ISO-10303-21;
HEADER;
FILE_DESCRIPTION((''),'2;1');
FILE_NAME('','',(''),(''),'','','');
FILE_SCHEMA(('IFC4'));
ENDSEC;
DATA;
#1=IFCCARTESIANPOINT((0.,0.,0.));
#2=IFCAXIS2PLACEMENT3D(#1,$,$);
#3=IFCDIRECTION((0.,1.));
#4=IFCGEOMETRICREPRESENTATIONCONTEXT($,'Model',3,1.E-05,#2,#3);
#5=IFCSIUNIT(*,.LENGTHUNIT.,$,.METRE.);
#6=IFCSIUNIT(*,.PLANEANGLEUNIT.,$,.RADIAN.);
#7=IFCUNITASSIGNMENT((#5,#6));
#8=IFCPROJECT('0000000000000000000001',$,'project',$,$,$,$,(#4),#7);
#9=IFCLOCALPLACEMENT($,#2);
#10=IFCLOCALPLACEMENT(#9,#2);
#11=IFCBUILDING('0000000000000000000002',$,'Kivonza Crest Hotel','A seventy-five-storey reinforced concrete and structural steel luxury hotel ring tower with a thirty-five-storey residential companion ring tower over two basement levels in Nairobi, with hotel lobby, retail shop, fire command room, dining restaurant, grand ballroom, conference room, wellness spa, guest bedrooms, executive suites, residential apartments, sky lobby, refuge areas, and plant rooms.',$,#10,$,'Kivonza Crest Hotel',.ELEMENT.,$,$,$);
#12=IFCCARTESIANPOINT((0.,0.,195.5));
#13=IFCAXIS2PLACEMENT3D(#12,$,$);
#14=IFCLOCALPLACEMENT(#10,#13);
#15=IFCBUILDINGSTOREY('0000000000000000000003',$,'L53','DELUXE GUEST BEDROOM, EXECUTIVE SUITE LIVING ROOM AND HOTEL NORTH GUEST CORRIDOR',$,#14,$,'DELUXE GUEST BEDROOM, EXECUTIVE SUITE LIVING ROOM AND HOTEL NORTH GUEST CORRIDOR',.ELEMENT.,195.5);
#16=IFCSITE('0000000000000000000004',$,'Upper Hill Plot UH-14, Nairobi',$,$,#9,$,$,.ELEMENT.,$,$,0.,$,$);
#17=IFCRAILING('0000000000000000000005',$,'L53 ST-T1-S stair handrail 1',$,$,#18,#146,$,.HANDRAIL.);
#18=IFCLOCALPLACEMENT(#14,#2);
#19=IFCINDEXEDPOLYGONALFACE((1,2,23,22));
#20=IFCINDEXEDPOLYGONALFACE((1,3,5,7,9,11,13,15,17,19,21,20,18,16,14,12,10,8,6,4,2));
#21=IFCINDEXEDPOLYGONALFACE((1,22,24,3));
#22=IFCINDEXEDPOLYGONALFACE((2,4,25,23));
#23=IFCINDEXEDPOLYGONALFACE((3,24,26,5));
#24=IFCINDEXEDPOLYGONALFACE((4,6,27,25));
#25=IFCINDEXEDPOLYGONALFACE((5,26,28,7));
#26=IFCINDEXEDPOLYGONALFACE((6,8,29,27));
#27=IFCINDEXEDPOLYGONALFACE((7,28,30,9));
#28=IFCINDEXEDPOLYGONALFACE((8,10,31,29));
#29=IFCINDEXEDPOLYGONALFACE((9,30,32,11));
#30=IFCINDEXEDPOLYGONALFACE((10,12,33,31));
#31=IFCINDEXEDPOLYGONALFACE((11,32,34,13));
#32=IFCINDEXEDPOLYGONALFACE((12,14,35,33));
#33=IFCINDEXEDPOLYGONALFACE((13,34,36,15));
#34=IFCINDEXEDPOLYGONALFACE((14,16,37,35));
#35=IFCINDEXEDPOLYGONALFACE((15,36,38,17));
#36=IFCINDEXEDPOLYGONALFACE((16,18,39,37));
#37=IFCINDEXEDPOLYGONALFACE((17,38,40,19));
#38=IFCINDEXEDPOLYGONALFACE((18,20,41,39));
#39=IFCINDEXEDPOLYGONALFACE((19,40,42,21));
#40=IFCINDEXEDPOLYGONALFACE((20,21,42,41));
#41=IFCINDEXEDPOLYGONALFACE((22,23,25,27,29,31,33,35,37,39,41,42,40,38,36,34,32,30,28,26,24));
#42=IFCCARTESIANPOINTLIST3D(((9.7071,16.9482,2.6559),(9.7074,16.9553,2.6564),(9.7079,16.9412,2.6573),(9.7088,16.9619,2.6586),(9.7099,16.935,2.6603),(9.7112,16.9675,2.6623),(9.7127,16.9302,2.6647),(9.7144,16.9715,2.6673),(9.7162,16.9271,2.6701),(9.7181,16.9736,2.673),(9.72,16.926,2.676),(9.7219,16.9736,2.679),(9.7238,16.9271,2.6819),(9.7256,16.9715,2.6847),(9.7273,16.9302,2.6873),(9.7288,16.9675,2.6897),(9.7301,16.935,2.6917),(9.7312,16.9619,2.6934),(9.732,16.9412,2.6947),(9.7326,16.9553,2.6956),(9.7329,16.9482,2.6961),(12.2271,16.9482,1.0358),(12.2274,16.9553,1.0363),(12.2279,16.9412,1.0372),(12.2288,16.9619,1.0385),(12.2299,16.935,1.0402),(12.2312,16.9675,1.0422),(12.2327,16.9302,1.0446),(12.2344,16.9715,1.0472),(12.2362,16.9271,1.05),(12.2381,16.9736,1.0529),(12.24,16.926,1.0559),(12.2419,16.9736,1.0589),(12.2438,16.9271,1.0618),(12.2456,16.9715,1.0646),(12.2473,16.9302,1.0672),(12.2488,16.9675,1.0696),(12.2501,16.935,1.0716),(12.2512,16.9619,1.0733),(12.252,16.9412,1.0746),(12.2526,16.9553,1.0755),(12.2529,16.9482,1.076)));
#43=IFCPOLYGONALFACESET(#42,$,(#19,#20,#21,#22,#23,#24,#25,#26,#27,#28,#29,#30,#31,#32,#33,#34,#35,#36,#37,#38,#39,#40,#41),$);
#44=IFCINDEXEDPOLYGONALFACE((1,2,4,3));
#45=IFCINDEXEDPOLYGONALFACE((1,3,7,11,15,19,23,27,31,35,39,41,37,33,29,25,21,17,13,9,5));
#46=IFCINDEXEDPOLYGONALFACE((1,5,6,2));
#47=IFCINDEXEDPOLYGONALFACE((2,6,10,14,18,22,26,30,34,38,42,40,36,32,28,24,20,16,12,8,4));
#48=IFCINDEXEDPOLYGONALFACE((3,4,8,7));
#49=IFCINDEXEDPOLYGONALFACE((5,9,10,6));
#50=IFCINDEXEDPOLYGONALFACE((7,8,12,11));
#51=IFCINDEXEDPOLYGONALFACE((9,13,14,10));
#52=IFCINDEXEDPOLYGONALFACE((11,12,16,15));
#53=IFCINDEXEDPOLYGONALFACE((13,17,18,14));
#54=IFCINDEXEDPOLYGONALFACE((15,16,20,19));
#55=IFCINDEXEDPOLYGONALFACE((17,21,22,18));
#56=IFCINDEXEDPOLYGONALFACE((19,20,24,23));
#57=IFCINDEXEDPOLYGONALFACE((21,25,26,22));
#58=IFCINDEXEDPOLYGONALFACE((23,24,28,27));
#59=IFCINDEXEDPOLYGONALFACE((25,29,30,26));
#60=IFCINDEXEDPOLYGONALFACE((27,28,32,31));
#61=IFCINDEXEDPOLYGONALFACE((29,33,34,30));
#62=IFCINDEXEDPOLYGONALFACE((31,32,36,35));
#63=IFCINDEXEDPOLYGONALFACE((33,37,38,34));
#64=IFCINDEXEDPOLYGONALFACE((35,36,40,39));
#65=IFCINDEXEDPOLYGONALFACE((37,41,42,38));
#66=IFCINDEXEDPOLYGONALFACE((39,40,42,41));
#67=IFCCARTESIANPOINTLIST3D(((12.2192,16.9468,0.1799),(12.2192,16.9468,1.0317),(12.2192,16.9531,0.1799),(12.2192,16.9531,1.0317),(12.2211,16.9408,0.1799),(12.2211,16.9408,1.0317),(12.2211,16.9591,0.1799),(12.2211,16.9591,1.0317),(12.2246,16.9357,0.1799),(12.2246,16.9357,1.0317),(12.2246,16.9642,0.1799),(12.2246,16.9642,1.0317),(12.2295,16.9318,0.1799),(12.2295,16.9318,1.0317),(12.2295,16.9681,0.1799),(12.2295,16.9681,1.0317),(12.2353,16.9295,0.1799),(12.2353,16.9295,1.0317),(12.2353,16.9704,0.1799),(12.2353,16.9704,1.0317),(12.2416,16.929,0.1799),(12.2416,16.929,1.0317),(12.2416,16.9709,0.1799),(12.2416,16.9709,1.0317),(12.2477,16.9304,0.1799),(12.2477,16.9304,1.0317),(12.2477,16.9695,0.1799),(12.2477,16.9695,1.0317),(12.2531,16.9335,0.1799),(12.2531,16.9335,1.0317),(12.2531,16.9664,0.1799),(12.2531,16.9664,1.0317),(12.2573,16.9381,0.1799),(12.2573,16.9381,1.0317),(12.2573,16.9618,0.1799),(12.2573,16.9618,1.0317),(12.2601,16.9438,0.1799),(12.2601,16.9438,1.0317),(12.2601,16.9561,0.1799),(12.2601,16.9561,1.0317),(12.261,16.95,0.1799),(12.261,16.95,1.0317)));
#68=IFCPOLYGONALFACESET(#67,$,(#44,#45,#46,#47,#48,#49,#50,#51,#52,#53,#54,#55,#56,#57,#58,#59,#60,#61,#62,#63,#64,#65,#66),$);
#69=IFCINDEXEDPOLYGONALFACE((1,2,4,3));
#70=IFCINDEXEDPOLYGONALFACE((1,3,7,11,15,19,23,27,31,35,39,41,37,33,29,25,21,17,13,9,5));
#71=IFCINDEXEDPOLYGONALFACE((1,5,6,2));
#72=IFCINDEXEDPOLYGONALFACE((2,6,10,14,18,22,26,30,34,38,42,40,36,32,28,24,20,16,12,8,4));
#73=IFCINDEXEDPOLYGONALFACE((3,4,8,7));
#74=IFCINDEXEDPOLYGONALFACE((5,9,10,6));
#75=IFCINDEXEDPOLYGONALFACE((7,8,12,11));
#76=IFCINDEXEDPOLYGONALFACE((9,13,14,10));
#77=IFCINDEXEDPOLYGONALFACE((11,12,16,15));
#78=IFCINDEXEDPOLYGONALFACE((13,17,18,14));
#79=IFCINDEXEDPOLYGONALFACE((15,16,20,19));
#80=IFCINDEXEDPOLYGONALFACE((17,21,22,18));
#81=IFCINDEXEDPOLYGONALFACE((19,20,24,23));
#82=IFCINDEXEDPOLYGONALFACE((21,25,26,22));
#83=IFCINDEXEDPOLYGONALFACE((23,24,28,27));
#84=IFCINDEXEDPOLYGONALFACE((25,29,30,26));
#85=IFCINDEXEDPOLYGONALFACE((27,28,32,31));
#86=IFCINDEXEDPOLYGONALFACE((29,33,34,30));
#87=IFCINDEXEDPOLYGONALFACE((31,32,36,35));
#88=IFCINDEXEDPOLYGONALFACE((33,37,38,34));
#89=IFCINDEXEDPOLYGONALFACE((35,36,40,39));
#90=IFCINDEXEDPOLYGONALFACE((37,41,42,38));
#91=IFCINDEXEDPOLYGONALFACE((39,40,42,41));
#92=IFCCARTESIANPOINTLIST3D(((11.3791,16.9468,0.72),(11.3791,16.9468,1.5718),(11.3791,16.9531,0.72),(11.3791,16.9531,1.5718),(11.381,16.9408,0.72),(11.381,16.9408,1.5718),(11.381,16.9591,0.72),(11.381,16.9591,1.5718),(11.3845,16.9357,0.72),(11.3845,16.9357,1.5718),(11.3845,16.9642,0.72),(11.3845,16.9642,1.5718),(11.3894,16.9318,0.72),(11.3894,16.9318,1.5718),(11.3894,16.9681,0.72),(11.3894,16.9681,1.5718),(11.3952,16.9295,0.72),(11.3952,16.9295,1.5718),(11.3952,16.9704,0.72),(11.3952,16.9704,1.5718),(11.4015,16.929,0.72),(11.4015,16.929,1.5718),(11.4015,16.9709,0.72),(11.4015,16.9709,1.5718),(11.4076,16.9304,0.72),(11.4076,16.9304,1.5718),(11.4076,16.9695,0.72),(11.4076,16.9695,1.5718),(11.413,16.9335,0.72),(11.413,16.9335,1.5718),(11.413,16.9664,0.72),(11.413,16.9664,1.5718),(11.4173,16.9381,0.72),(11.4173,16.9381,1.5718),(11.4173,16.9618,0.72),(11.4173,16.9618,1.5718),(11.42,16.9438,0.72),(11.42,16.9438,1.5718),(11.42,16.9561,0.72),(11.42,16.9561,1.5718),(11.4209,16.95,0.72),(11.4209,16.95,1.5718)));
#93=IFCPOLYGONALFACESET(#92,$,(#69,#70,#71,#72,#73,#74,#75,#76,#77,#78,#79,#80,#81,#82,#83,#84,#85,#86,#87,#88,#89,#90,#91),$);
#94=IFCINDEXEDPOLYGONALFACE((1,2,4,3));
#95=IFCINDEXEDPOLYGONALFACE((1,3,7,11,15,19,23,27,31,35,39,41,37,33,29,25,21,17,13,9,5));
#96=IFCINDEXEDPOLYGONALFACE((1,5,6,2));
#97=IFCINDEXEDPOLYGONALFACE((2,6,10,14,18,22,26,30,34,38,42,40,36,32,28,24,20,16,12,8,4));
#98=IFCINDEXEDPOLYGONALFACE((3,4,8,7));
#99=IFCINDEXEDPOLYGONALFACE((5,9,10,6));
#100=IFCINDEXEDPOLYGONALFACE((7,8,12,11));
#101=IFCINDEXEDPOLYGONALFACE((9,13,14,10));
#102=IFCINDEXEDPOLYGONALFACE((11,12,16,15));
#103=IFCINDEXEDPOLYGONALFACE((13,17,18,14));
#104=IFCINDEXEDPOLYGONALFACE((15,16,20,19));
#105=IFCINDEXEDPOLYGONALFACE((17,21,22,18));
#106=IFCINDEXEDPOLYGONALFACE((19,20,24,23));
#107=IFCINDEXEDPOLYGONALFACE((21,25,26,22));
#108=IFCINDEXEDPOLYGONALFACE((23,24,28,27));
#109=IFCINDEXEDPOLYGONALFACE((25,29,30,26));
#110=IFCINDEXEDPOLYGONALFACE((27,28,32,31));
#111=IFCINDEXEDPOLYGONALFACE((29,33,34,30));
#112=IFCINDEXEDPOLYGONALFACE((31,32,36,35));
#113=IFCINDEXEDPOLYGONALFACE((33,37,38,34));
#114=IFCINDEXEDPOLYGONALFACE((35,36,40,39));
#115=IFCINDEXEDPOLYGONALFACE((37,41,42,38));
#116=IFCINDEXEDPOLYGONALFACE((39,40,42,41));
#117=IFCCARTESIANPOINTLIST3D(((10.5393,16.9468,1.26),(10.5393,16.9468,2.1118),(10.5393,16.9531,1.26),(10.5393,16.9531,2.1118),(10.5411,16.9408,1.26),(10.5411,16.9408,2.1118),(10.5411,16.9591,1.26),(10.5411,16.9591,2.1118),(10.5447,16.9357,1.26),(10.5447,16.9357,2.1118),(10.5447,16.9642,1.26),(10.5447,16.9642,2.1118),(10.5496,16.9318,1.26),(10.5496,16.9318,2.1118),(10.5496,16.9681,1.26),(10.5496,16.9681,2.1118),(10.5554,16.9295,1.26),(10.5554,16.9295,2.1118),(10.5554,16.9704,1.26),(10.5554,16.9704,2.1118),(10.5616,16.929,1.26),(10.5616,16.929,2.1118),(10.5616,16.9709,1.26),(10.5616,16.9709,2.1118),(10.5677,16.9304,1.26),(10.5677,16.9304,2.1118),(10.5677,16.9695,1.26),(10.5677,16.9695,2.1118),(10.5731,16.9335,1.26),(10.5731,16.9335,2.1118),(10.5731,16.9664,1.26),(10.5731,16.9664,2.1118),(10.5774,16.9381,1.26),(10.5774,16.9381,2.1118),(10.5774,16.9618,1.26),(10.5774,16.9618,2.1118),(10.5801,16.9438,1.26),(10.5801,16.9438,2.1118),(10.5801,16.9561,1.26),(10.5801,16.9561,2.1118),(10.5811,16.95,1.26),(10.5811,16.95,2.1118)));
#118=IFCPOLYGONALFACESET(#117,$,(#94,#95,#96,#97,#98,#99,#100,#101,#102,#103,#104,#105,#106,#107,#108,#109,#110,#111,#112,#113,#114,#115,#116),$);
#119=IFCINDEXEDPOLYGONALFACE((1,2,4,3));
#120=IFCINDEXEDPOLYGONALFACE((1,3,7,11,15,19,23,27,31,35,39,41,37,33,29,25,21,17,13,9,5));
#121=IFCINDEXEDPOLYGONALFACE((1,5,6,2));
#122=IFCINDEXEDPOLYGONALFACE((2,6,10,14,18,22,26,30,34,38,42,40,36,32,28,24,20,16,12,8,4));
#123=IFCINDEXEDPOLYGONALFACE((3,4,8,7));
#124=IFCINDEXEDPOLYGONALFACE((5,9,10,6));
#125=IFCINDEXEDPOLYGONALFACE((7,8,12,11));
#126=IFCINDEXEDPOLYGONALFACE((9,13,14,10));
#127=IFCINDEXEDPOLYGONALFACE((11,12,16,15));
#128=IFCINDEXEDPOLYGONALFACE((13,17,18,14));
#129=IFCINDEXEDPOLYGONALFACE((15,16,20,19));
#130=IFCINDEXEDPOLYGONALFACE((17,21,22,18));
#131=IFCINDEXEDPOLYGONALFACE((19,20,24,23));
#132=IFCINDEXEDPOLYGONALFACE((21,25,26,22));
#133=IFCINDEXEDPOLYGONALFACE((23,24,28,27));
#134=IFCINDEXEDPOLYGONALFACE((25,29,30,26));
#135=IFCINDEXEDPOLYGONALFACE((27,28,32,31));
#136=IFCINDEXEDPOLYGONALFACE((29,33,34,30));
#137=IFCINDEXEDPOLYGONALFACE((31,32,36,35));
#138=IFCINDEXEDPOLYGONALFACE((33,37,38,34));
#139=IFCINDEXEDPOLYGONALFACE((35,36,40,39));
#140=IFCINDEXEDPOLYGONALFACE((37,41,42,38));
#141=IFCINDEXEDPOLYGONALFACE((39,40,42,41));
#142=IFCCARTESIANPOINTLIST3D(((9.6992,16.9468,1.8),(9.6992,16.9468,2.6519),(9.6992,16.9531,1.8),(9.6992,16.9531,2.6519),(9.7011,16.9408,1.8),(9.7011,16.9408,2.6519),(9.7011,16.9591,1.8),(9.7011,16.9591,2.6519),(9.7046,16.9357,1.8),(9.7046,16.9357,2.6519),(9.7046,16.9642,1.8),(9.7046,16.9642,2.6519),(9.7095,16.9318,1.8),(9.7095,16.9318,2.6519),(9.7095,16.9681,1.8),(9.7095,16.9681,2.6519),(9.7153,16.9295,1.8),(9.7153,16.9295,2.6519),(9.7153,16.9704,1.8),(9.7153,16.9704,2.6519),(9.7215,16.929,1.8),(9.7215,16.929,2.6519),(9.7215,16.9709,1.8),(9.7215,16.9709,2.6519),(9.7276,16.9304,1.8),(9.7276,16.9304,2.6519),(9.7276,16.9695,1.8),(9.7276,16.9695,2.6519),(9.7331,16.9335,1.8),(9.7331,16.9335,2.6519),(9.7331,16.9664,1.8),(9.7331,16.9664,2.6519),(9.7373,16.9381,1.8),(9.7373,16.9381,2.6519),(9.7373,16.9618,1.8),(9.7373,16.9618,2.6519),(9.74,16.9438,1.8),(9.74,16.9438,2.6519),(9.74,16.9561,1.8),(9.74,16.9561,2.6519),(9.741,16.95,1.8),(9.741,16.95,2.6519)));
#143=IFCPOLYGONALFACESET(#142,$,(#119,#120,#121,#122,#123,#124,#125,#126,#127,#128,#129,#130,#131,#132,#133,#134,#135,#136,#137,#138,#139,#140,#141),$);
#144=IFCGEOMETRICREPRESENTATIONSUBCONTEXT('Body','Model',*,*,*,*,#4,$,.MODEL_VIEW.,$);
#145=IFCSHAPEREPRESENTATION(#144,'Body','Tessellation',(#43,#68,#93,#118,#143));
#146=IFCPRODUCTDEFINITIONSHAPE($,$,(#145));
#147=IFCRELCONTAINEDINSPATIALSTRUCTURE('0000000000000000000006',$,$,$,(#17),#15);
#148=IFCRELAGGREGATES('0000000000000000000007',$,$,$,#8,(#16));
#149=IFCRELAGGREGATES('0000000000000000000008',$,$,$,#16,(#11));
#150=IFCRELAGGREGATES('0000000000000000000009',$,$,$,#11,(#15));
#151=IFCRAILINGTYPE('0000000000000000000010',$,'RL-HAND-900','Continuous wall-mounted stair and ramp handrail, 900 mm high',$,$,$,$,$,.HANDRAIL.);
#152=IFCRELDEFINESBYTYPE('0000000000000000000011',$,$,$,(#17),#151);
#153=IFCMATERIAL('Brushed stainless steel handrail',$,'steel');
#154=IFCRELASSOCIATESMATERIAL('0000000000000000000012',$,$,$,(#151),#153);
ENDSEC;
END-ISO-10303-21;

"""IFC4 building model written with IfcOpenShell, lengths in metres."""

from ifc_helpers import new_model, si_unit, direction, frame, origin, origin_2d, place, context, subcontext, project, spatial, circle, extrude, material, type_object, element, save


model = new_model("IFC4")

# Units and contexts
model_context = context("Model", 3, precision=1e-05, world=origin(), true_north=direction((0.0, 1.0)))
body_context = subcontext(model_context, "Body", "Model", "MODEL_VIEW")
ifc_project = project(units=[si_unit("LENGTHUNIT", "METRE"), si_unit("PLANEANGLEUNIT", "RADIAN")], contexts=[model_context])

# Site, building, storey
site_placement = place(None, origin())
site = spatial("IfcSite", under=ifc_project, at=site_placement, Name="Upper Hill Plot UH-14, Nairobi", CompositionType="ELEMENT", RefElevation=0.0)
building_placement = place(site_placement, origin())
building = spatial("IfcBuilding", under=site, at=building_placement, Name="Kivonza Crest Hotel", Description="A seventy-five-storey reinforced concrete and structural steel luxury hotel ring tower with a thirty-five-storey residential companion ring tower over two basement levels in Nairobi, with hotel lobby, retail shop, fire command room, dining restaurant, grand ballroom, conference room, wellness spa, guest bedrooms, executive suites, residential apartments, sky lobby, refuge areas, and plant rooms.", LongName="Kivonza Crest Hotel", CompositionType="ELEMENT")
storey_placement = place(building_placement, frame((0.0, 0.0, 195.5)))
storey = spatial("IfcBuildingStorey", under=building, at=storey_placement, Name="L53", Description="DELUXE GUEST BEDROOM, EXECUTIVE SUITE LIVING ROOM AND HOTEL NORTH GUEST CORRIDOR", LongName="DELUXE GUEST BEDROOM, EXECUTIVE SUITE LIVING ROOM AND HOTEL NORTH GUEST CORRIDOR", CompositionType="ELEMENT", Elevation=195.5)

# Railing
ifc_material_1 = material(Name="Brushed stainless steel handrail", Category="steel")
railing_type_1 = type_object("IfcRailingType", Name="RL-HAND-900", Description="Continuous wall-mounted stair and ramp handrail, 900 mm high", PredefinedType="HANDRAIL", material=ifc_material_1)
railing_1_placement = place(storey_placement, frame((12.24, 16.95, 0.1799)))
element("IfcRailing", 1, at=railing_1_placement, inside=storey, type_object=railing_type_1, Name="L53 ST-T1-S stair handrail 1", PredefinedType="HANDRAIL", context=body_context, shape_type="SweptSolid", body=[
    extrude(circle(Radius=0.0239, at=origin_2d()), frame((0.0, 0.0, 0.876), z_axis=(-0.841163, 0.0, 0.540782), x_axis=(0.0, -1.0, 0.0)), (0.0, 0.0, 1.0), 2.9958),
    extrude(circle(Radius=0.021, at=origin_2d()), origin(), (0.0, 0.0, 1.0), 0.8518),
    extrude(circle(Radius=0.021, at=origin_2d()), frame((-0.8401, 0.0, 0.54)), (0.0, 0.0, 1.0), 0.8518),
    extrude(circle(Radius=0.021, at=origin_2d()), frame((-1.6799, 0.0, 1.0801)), (0.0, 0.0, 1.0), 0.8518),
    extrude(circle(Radius=0.021, at=origin_2d()), frame((-2.52, 0.0, 1.6201)), (0.0, 0.0, 1.0), 0.8518),
])

save(model, "model.ifc")
